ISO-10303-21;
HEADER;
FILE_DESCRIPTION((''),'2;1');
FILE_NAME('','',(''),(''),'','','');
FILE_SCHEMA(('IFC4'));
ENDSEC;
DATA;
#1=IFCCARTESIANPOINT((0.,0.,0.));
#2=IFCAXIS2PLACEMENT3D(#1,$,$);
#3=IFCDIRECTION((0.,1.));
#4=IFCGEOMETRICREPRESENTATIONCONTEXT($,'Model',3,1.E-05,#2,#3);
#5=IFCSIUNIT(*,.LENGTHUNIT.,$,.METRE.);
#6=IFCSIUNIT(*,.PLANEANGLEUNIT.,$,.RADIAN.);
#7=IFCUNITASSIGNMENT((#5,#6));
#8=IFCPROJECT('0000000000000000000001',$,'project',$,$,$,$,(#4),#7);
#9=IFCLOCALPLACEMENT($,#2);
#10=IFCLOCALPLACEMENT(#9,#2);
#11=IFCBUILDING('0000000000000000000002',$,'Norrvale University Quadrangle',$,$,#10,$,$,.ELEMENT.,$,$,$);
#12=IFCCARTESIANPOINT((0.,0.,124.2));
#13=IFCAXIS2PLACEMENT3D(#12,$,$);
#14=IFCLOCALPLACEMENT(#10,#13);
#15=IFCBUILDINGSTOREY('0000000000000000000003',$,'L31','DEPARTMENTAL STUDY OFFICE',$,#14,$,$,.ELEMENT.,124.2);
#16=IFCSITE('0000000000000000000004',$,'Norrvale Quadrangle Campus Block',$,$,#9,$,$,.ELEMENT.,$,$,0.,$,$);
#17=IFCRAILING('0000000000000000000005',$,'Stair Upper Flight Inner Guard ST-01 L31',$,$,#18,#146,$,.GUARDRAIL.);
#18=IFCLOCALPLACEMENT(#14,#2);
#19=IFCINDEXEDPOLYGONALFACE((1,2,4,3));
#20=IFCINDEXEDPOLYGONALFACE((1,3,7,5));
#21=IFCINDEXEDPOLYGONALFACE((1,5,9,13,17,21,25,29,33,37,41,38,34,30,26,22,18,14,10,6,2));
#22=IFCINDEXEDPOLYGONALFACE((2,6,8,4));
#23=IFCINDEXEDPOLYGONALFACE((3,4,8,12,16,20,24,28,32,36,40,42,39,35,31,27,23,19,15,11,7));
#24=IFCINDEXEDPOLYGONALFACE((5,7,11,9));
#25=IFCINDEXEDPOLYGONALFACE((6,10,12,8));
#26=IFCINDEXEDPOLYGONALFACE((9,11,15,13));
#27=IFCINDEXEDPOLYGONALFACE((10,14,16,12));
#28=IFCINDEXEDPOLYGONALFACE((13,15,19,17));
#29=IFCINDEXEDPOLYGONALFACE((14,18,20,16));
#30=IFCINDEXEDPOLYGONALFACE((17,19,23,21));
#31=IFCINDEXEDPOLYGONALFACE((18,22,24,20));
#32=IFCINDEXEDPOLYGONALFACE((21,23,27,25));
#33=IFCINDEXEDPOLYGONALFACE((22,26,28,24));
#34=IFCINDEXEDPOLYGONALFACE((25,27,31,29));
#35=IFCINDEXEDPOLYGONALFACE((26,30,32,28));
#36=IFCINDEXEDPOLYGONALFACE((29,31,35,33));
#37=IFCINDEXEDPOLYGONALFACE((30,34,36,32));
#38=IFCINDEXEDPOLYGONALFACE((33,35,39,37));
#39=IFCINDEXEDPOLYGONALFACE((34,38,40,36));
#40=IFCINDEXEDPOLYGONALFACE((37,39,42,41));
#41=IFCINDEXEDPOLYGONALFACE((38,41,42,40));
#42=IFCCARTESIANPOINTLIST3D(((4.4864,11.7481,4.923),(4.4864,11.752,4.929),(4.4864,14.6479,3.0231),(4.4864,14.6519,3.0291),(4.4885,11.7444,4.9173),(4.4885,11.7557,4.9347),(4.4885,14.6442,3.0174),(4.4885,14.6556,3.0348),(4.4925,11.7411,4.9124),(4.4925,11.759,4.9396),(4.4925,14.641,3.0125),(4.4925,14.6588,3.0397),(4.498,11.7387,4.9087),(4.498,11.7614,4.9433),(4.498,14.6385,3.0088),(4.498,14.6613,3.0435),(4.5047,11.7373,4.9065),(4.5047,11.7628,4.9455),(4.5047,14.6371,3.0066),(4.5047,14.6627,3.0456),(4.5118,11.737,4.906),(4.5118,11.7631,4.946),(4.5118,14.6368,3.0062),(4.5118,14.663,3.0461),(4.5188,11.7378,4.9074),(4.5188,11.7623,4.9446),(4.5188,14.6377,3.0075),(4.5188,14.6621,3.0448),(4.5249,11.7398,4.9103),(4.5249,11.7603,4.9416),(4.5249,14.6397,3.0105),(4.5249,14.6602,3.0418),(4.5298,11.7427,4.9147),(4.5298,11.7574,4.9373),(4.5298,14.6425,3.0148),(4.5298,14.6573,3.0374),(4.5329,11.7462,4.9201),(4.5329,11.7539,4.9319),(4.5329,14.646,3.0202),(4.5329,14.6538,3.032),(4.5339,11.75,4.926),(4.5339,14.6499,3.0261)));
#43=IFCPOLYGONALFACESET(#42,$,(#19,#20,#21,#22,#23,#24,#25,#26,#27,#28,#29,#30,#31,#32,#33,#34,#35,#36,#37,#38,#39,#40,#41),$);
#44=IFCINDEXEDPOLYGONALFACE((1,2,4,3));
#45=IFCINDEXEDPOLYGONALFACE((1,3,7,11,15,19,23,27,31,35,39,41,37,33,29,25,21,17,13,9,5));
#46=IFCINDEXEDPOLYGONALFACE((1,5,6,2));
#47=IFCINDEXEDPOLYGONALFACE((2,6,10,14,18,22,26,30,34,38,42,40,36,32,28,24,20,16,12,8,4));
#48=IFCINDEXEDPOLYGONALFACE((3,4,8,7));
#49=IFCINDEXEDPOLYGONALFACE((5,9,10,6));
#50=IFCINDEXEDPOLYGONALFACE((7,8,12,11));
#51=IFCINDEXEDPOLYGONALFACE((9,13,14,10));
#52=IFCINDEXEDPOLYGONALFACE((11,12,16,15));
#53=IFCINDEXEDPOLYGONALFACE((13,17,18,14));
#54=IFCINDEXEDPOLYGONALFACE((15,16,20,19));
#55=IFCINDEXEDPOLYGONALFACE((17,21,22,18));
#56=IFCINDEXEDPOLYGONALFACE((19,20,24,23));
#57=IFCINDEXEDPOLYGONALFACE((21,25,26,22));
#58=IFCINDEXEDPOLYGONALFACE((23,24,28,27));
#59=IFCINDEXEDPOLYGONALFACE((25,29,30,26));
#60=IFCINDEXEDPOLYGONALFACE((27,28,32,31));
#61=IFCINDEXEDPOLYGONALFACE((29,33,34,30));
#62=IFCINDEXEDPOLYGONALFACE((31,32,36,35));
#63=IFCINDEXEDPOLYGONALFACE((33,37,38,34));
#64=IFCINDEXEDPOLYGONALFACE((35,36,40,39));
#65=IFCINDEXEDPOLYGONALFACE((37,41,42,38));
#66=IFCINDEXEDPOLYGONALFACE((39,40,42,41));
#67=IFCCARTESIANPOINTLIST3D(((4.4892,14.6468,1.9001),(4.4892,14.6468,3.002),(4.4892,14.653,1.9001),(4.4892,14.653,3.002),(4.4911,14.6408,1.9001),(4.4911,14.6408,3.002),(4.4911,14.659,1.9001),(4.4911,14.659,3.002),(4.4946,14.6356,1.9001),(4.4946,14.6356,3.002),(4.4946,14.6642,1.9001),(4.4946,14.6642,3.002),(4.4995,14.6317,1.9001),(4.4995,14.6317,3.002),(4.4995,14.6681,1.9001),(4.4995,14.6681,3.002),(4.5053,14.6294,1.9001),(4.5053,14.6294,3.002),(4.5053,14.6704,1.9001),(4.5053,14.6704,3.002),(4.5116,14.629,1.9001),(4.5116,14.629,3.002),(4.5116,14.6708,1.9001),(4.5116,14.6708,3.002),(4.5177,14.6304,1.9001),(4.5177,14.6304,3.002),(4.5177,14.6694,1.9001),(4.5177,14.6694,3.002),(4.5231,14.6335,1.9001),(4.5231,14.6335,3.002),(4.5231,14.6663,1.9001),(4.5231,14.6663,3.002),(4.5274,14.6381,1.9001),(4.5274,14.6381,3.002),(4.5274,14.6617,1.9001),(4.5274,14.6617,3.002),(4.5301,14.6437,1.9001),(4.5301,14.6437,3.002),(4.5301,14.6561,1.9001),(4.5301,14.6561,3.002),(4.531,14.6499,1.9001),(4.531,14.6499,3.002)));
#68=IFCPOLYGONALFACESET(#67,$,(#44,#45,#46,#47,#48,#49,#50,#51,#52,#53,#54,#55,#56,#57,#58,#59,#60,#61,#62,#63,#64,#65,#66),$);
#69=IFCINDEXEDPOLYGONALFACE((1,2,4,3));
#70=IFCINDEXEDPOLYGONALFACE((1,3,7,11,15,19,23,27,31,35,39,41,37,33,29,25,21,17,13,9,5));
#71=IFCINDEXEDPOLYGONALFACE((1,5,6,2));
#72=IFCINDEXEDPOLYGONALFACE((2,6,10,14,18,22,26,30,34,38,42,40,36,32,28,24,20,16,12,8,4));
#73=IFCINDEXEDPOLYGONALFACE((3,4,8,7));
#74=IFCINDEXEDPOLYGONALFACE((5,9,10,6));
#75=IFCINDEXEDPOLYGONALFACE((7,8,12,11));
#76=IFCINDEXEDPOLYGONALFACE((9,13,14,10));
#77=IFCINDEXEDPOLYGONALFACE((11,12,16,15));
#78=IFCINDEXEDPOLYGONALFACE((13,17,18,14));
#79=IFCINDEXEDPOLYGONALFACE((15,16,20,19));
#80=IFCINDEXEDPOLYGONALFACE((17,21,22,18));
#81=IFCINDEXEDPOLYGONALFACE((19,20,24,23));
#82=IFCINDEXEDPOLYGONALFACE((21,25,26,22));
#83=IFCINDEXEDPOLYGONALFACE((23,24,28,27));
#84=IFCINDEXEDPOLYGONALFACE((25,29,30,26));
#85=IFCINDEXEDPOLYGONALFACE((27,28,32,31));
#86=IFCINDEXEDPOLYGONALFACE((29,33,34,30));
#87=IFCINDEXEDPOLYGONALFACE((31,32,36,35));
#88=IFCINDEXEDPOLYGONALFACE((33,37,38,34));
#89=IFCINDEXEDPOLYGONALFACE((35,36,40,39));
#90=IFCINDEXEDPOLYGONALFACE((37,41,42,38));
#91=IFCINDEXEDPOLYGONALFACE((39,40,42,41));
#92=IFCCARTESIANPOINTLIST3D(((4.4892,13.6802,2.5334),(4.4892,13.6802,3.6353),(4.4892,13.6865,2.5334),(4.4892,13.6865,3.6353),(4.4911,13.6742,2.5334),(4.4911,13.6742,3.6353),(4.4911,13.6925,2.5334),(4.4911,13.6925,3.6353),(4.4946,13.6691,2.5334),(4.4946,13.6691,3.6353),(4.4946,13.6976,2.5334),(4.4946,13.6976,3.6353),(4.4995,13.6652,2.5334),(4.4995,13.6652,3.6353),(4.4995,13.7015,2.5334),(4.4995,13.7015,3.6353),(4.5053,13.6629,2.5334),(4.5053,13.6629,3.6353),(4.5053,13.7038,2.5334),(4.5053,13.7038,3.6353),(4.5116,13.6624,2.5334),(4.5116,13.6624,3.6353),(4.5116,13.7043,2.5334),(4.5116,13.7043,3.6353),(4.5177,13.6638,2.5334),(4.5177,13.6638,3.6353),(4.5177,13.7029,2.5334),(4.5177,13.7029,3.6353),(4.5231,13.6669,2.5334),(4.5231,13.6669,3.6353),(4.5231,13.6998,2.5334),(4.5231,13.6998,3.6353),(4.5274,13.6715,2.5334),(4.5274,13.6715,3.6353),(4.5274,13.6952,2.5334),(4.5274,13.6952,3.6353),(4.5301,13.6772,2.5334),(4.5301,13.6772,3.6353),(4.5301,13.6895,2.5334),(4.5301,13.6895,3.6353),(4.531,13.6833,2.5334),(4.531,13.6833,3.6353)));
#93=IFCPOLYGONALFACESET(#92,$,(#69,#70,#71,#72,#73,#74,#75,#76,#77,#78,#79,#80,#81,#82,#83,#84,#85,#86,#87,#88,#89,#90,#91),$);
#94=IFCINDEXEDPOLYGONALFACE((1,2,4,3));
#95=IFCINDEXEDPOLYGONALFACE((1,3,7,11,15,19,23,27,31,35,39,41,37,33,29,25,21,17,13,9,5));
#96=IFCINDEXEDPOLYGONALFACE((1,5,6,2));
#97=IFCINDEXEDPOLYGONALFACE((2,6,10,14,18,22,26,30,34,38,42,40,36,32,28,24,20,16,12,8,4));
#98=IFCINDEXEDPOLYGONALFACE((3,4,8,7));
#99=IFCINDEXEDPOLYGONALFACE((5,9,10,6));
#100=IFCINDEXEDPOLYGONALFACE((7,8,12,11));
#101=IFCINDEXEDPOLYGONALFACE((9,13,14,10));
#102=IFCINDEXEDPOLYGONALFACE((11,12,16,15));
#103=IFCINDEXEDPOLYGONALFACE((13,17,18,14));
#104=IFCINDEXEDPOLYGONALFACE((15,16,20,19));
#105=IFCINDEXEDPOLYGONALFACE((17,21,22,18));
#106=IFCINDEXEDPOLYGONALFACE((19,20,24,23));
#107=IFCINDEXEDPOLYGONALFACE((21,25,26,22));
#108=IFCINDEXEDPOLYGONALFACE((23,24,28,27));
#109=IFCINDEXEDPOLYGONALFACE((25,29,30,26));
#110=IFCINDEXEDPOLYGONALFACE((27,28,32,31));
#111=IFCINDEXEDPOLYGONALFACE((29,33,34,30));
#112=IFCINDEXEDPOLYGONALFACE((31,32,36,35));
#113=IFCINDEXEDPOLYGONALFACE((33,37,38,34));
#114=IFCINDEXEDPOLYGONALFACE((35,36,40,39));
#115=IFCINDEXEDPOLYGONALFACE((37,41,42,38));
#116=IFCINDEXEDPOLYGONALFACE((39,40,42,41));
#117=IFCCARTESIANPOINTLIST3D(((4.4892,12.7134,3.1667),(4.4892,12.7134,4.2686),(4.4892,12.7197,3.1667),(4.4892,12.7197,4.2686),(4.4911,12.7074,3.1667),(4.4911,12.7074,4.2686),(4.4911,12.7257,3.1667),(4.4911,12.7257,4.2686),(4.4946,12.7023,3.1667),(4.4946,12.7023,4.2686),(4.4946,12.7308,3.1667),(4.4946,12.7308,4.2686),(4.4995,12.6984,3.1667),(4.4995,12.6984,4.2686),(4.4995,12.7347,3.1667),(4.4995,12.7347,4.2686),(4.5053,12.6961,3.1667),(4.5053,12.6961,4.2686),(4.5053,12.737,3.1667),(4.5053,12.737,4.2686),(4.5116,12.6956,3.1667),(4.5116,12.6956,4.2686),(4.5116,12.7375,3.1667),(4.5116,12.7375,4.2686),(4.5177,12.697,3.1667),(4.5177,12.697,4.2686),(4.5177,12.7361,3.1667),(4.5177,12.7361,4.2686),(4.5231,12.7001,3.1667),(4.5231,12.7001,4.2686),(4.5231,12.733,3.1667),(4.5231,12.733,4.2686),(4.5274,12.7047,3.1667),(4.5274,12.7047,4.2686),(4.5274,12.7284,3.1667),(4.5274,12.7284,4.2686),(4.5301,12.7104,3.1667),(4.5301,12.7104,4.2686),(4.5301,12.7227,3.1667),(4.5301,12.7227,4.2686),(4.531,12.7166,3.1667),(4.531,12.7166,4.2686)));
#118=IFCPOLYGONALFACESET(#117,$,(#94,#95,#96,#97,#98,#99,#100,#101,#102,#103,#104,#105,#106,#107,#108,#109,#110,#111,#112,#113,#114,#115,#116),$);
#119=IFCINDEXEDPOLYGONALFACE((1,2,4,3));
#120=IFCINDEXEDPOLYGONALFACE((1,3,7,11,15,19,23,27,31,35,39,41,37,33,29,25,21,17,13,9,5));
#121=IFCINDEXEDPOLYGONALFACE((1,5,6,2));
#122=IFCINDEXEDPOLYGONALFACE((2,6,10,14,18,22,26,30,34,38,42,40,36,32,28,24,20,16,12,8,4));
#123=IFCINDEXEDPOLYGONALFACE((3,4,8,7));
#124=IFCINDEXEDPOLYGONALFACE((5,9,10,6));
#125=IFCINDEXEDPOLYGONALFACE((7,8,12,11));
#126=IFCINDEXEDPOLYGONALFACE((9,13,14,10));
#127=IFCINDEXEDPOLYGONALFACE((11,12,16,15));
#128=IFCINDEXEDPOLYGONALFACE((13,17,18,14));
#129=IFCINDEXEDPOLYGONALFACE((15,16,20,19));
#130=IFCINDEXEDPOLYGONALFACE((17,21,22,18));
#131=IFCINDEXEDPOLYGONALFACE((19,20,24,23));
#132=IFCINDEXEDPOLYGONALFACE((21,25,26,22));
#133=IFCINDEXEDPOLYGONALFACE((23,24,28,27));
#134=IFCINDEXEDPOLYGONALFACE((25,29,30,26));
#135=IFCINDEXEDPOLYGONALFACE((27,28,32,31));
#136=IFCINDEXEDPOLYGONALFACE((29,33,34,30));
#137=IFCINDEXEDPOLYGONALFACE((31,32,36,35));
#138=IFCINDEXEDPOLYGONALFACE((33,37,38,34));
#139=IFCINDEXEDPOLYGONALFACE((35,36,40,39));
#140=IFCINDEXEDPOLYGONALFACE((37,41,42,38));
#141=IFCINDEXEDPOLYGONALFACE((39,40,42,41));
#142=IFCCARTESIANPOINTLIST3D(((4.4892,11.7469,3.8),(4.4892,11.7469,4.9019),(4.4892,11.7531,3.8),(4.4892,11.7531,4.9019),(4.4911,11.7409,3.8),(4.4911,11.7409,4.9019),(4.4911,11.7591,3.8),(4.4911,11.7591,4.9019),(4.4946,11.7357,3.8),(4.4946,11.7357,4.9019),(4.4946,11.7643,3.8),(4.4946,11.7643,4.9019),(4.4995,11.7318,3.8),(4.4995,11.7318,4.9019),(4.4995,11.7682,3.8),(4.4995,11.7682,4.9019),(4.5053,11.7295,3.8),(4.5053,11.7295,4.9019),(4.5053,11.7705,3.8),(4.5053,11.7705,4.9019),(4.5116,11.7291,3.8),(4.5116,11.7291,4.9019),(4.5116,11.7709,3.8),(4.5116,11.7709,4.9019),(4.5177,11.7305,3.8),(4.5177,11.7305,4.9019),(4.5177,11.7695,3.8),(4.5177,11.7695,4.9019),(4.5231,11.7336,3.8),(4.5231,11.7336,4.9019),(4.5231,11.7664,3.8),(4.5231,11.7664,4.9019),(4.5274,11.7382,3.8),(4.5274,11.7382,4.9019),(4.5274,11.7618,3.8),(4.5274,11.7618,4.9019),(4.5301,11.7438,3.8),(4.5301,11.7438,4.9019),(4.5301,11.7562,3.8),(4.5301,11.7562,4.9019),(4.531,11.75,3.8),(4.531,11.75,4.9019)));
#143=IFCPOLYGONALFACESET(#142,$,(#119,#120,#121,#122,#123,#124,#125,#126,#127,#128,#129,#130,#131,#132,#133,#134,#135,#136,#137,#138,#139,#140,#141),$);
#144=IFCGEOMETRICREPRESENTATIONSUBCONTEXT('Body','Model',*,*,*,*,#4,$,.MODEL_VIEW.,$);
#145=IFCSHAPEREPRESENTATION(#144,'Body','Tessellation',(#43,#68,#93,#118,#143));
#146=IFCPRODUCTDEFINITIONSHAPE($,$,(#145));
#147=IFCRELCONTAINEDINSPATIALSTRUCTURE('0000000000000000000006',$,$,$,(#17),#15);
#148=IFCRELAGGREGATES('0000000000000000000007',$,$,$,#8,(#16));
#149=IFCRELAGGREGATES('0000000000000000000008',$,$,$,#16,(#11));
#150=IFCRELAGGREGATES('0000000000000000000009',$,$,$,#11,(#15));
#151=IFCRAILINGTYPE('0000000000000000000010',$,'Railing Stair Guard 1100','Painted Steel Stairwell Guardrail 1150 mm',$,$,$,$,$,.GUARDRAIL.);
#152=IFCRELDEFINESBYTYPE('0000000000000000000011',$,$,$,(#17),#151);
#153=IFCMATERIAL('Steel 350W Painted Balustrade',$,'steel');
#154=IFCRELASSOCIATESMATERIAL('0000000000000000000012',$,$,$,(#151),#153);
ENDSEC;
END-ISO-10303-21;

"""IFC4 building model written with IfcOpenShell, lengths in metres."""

from ifc_helpers import new_model, si_unit, direction, frame, origin, origin_2d, place, context, subcontext, project, spatial, circle, extrude, material, type_object, element, save


model = new_model("IFC4")

# Units and contexts
model_context = context("Model", 3, precision=1e-05, world=origin(), true_north=direction((0.0, 1.0)))
body_context = subcontext(model_context, "Body", "Model", "MODEL_VIEW")
ifc_project = project(units=[si_unit("LENGTHUNIT", "METRE"), si_unit("PLANEANGLEUNIT", "RADIAN")], contexts=[model_context])

# Site, building, storey
site_placement = place(None, origin())
site = spatial("IfcSite", under=ifc_project, at=site_placement, Name="Norrvale Quadrangle Campus Block", CompositionType="ELEMENT", RefElevation=0.0)
building_placement = place(site_placement, origin())
building = spatial("IfcBuilding", under=site, at=building_placement, Name="Norrvale University Quadrangle", CompositionType="ELEMENT")
storey_placement = place(building_placement, frame((0.0, 0.0, 124.2)))
storey = spatial("IfcBuildingStorey", under=building, at=storey_placement, Name="L31", Description="DEPARTMENTAL STUDY OFFICE", CompositionType="ELEMENT", Elevation=124.2)

# Railing
ifc_material_1 = material(Name="Steel 350W Painted Balustrade", Category="steel")
railing_type_1 = type_object("IfcRailingType", Name="Railing Stair Guard 1100", Description="Painted Steel Stairwell Guardrail 1150 mm", PredefinedType="GUARDRAIL", material=ifc_material_1)
railing_1_placement = place(storey_placement, frame((4.51, 14.6499, 1.9001)))
element("IfcRailing", 1, at=railing_1_placement, inside=storey, type_object=railing_type_1, Name="Stair Upper Flight Inner Guard ST-01 L31", PredefinedType="GUARDRAIL", context=body_context, shape_type="SweptSolid", body=[
    extrude(circle(Radius=0.0239, at=origin_2d()), frame((0.0, 0.0, 1.126), z_axis=(0.0, -0.836466, 0.548019), x_axis=(1.0, 0.0, 0.0)), (0.0, 0.0, 1.0), 3.4668),
    extrude(circle(Radius=0.021, at=origin_2d()), origin(), (0.0, 0.0, 1.0), 1.1018),
    extrude(circle(Radius=0.021, at=origin_2d()), frame((0.0, -0.9666, 0.6333)), (0.0, 0.0, 1.0), 1.1018),
    extrude(circle(Radius=0.021, at=origin_2d()), frame((0.0, -1.9333, 1.2666)), (0.0, 0.0, 1.0), 1.1018),
    extrude(circle(Radius=0.021, at=origin_2d()), frame((0.0, -2.8999, 1.8999)), (0.0, 0.0, 1.0), 1.1018),
])

save(model, "model.ifc")
